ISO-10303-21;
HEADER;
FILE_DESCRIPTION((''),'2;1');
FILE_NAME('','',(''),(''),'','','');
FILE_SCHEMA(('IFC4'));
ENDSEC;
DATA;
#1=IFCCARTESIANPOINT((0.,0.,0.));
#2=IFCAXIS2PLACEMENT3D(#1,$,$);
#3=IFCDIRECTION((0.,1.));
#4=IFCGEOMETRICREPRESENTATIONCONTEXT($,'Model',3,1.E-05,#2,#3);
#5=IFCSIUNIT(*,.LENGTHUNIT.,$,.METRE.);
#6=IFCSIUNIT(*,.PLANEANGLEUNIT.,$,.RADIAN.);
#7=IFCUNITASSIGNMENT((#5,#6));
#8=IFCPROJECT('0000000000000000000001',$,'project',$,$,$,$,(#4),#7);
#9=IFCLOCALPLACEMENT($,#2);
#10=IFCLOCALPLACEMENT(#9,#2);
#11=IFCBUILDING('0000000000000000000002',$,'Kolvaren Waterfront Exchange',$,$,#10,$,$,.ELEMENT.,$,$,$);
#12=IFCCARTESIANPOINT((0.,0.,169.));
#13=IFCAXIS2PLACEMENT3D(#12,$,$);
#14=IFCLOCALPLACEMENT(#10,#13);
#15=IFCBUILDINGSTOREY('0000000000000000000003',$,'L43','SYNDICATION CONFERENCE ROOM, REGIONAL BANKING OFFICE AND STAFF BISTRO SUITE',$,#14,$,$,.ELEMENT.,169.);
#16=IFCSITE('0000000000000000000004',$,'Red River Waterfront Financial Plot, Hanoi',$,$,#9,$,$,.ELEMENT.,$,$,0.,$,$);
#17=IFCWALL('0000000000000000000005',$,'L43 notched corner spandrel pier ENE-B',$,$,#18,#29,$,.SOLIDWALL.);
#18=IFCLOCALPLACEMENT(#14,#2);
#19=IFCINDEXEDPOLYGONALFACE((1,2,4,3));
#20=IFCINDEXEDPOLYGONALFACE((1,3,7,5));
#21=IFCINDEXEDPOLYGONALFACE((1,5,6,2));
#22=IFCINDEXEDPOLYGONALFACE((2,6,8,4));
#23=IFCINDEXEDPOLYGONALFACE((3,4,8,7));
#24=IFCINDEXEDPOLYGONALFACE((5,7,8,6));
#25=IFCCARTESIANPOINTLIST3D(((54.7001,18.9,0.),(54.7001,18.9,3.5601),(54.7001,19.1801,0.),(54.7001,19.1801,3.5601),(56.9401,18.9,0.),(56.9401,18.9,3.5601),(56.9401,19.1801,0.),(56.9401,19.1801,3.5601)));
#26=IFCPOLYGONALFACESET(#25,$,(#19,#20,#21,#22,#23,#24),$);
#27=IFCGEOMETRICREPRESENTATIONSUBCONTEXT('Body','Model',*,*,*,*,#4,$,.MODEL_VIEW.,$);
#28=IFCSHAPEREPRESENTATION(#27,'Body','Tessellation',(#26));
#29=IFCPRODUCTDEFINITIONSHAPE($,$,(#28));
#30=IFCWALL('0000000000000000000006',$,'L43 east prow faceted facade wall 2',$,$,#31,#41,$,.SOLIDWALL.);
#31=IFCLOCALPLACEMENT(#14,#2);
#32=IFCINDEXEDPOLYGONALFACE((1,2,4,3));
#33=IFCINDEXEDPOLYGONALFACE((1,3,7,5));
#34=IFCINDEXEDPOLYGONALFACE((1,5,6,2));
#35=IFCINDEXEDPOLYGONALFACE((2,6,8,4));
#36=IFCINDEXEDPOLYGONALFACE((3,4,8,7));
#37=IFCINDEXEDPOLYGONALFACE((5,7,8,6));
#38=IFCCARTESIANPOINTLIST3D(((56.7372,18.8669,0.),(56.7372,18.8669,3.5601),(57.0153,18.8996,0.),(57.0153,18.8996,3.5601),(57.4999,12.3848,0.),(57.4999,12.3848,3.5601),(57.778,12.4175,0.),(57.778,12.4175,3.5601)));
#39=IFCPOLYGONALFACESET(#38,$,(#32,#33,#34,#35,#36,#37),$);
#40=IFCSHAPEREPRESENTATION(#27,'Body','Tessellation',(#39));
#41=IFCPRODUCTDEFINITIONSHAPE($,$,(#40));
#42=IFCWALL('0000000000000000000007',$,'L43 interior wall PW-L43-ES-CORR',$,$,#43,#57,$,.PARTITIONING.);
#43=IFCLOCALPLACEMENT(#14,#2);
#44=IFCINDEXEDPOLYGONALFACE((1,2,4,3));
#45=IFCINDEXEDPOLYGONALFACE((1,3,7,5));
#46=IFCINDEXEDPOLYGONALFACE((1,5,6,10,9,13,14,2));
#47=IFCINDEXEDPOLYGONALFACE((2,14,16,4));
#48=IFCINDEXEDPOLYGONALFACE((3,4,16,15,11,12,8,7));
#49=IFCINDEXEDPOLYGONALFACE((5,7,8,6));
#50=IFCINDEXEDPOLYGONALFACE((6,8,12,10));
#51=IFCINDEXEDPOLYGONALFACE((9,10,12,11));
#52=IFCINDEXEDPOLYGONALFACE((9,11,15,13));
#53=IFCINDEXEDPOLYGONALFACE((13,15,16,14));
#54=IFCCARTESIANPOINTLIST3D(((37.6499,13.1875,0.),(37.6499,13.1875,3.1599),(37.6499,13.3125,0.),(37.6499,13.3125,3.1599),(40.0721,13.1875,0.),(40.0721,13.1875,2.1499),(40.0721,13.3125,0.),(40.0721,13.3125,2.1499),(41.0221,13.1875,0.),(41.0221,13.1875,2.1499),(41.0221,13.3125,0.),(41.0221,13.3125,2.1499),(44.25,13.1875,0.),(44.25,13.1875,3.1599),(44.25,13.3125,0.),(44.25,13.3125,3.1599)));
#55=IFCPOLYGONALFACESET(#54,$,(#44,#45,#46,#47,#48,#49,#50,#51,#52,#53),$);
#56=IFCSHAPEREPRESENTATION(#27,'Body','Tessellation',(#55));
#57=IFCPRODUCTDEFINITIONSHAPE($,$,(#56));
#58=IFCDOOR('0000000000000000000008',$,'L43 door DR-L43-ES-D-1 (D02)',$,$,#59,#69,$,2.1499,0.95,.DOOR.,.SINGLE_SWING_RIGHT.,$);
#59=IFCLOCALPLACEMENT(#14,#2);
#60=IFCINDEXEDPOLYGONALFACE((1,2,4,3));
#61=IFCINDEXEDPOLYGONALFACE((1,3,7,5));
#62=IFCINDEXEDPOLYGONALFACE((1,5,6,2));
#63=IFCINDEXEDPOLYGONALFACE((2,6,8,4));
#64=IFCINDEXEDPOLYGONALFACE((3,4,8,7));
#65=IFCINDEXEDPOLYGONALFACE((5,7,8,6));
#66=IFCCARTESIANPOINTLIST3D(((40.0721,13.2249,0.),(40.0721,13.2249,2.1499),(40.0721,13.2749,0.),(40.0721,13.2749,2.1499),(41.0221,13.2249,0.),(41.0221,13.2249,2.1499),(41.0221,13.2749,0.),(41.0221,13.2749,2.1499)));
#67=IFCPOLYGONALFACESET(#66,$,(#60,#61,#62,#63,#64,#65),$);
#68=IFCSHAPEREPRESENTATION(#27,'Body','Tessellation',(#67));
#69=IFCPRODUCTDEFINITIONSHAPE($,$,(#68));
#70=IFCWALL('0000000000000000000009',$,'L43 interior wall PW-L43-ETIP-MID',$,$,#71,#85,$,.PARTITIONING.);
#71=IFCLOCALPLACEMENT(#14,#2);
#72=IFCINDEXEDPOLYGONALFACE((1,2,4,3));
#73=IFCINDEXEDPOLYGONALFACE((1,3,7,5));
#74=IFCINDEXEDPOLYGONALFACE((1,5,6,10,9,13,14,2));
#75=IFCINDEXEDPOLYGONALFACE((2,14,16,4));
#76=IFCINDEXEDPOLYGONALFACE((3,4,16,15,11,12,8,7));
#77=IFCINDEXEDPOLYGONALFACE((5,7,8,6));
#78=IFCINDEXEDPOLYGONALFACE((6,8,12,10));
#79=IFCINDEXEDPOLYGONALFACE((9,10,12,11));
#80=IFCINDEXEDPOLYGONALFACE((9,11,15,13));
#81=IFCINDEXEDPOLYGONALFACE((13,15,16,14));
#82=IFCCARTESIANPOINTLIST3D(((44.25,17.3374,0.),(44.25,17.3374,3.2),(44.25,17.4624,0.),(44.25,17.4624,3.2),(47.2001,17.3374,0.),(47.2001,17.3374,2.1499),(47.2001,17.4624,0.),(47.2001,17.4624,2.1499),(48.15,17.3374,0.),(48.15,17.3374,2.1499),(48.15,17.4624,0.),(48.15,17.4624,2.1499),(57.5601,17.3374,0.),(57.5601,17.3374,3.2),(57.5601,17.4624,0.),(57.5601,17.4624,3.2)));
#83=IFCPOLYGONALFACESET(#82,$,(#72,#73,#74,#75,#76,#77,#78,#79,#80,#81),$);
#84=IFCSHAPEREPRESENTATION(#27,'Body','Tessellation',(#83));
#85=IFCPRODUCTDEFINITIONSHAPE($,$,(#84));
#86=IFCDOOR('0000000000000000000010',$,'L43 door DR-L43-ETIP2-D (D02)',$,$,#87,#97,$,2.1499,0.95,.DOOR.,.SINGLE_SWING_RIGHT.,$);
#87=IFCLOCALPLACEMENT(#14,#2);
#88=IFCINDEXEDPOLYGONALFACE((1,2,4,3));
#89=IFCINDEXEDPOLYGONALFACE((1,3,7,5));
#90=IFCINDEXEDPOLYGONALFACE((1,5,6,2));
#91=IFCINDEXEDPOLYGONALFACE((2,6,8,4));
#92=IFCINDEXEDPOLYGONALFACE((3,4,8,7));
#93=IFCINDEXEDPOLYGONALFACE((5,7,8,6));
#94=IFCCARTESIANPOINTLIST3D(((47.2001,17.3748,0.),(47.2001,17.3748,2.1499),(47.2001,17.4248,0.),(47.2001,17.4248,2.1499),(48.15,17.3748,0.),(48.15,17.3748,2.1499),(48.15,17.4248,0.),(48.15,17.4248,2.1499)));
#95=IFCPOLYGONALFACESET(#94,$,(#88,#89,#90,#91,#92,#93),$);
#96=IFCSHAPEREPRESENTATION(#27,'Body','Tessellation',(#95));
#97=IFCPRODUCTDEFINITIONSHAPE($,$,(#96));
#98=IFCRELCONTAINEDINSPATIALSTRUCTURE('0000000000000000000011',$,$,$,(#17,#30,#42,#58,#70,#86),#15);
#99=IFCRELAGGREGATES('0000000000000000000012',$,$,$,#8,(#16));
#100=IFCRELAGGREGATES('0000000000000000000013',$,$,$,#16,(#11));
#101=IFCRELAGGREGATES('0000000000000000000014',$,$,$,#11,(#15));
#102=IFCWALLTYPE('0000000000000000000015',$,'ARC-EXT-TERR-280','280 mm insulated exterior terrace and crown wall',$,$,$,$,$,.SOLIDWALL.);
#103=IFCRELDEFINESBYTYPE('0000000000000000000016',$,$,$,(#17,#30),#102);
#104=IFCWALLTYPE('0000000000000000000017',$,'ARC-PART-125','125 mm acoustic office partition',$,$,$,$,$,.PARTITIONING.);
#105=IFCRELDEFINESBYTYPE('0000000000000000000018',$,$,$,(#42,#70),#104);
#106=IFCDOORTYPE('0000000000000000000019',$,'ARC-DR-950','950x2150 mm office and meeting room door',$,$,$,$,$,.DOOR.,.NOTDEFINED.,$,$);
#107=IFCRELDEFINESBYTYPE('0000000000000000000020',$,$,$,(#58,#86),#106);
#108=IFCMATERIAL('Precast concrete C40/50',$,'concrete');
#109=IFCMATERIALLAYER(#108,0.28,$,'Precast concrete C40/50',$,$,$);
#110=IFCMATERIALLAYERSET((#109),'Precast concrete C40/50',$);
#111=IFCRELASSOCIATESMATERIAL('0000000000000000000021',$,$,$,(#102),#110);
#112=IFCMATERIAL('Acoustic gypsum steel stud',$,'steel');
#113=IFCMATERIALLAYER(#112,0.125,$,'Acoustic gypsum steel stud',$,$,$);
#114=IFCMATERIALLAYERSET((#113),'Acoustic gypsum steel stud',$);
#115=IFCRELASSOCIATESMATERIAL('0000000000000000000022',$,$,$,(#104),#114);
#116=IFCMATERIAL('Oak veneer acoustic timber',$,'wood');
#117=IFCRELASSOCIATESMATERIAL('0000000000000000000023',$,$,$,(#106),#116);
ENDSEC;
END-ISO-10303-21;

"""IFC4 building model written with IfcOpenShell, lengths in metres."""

from ifc_helpers import new_model, si_unit, direction, frame, frame_2d, origin, place, context, subcontext, project, spatial, rectangle, extrude, material, layer, layer_set, type_object, element, fill, save


model = new_model("IFC4")

# Units and contexts
model_context = context("Model", 3, precision=1e-05, world=origin(), true_north=direction((0.0, 1.0)))
body_context = subcontext(model_context, "Body", "Model", "MODEL_VIEW")
ifc_project = project(units=[si_unit("LENGTHUNIT", "METRE"), si_unit("PLANEANGLEUNIT", "RADIAN")], contexts=[model_context])

# Site, building, storey
site_placement = place(None, origin())
site = spatial("IfcSite", under=ifc_project, at=site_placement, Name="Red River Waterfront Financial Plot, Hanoi", CompositionType="ELEMENT", RefElevation=0.0)
building_placement = place(site_placement, origin())
building = spatial("IfcBuilding", under=site, at=building_placement, Name="Kolvaren Waterfront Exchange", CompositionType="ELEMENT")
storey_placement = place(building_placement, frame((0.0, 0.0, 169.0)))
storey = spatial("IfcBuildingStorey", under=building, at=storey_placement, Name="L43", Description="SYNDICATION CONFERENCE ROOM, REGIONAL BANKING OFFICE AND STAFF BISTRO SUITE", CompositionType="ELEMENT", Elevation=169.0)

# Walls
ifc_material_1 = material(Name="Precast concrete C40/50", Category="concrete")
ifc_layer_1 = layer(ifc_material_1, 0.28, Name="Precast concrete C40/50")
ifc_layer_set_1 = layer_set([ifc_layer_1], Name="Precast concrete C40/50")
wall_type_1 = type_object("IfcWallType", Name="ARC-EXT-TERR-280", Description="280 mm insulated exterior terrace and crown wall", PredefinedType="SOLIDWALL", material=ifc_layer_set_1)
wall_1_placement = place(storey_placement, frame((54.7, 19.04, 0.0), z_axis=(0.0, 0.0, 1.0), x_axis=(1.0, 0.0, 0.0)))
element("IfcWall", 1, at=wall_1_placement, inside=storey, type_object=wall_type_1, Name="L43 notched corner spandrel pier ENE-B", PredefinedType="SOLIDWALL", context=body_context, shape_type="SweptSolid", body=[
    extrude(rectangle(XDim=2.24, YDim=0.28, at=frame_2d((1.1201, 0.0))), origin(), (0.0, 0.0, 1.0), 3.5601),
])
wall_2_placement = place(storey_placement, frame((57.6389, 12.4011, 0.0), z_axis=(0.0, 0.0, 1.0), x_axis=(-0.116854, 0.993149, 0.0)))
element("IfcWall", 2, at=wall_2_placement, inside=storey, type_object=wall_type_1, Name="L43 east prow faceted facade wall 2", PredefinedType="SOLIDWALL", context=body_context, shape_type="SweptSolid", body=[
    extrude(rectangle(XDim=6.5269, YDim=0.28, at=frame_2d((3.2634, 0.0))), origin(), (0.0, 0.0, 1.0), 3.5601),
])

# Walls, openings, doors
ifc_material_2 = material(Name="Acoustic gypsum steel stud", Category="steel")
ifc_layer_2 = layer(ifc_material_2, 0.125, Name="Acoustic gypsum steel stud")
ifc_layer_set_2 = layer_set([ifc_layer_2], Name="Acoustic gypsum steel stud")
wall_type_2 = type_object("IfcWallType", Name="ARC-PART-125", Description="125 mm acoustic office partition", PredefinedType="PARTITIONING", material=ifc_layer_set_2)
wall_3_placement = place(storey_placement, frame((37.6499, 13.25, 0.0), z_axis=(0.0, 0.0, 1.0), x_axis=(1.0, 0.0, 0.0)))
wall_3 = element("IfcWall", 3, at=wall_3_placement, inside=storey, type_object=wall_type_2, Name="L43 interior wall PW-L43-ES-CORR", PredefinedType="PARTITIONING", context=body_context, shape_type="SweptSolid", body=[
    extrude(rectangle(XDim=6.6001, YDim=0.125, at=frame_2d((3.3, 0.0))), origin(), (0.0, 0.0, 1.0), 3.1599),
])
opening_1_placement = place(wall_3_placement, frame((2.4221, 0.0, 0.0)))
opening_1 = element("IfcOpeningElement", 4, at=opening_1_placement, cuts=wall_3, PredefinedType="OPENING", context=body_context, shape_type="SweptSolid", body=[
    extrude(rectangle(XDim=0.95, YDim=2.1499, at=frame_2d((0.4751, 1.075))), frame((0.0, 0.0725, 0.0), z_axis=(0.0, -1.0, 0.0), x_axis=(1.0, 0.0, 0.0)), (0.0, 0.0, 1.0), 0.145),
])
ifc_material_3 = material(Name="Oak veneer acoustic timber", Category="wood")
door_type = type_object("IfcDoorType", Name="ARC-DR-950", Description="950x2150 mm office and meeting room door", OperationType="NOTDEFINED", PredefinedType="DOOR", material=ifc_material_3)
door_1_placement = place(opening_1_placement, origin())
door_1 = element("IfcDoor", 5, at=door_1_placement, inside=storey, type_object=door_type, Name="L43 door DR-L43-ES-D-1 (D02)", OperationType="SINGLE_SWING_RIGHT", OverallHeight=2.1499, OverallWidth=0.95, PredefinedType="DOOR", context=body_context, shape_type="SweptSolid", body=[
    extrude(rectangle(XDim=0.95, YDim=2.1499, at=frame_2d((0.4751, 1.075))), frame((0.0, 0.0249, 0.0), z_axis=(0.0, -1.0, 0.0), x_axis=(1.0, 0.0, 0.0)), (0.0, 0.0, 1.0), 0.05),
])
fill(opening_1, door_1)
wall_4_placement = place(storey_placement, frame((44.25, 17.3999, 0.0), z_axis=(0.0, 0.0, 1.0), x_axis=(1.0, 0.0, 0.0)))
wall_4 = element("IfcWall", 6, at=wall_4_placement, inside=storey, type_object=wall_type_2, Name="L43 interior wall PW-L43-ETIP-MID", PredefinedType="PARTITIONING", context=body_context, shape_type="SweptSolid", body=[
    extrude(rectangle(XDim=13.3101, YDim=0.125, at=frame_2d((6.655, 0.0))), origin(), (0.0, 0.0, 1.0), 3.2),
])
opening_2_placement = place(wall_4_placement, frame((2.95, 0.0, 0.0)))
opening_2 = element("IfcOpeningElement", 7, at=opening_2_placement, cuts=wall_4, PredefinedType="OPENING", context=body_context, shape_type="SweptSolid", body=[
    extrude(rectangle(XDim=0.95, YDim=2.1499, at=frame_2d((0.4751, 1.075))), frame((0.0, 0.0725, 0.0), z_axis=(0.0, -1.0, 0.0), x_axis=(1.0, 0.0, 0.0)), (0.0, 0.0, 1.0), 0.145),
])
door_2_placement = place(opening_2_placement, origin())
door_2 = element("IfcDoor", 8, at=door_2_placement, inside=storey, type_object=door_type, Name="L43 door DR-L43-ETIP2-D (D02)", OperationType="SINGLE_SWING_RIGHT", OverallHeight=2.1499, OverallWidth=0.95, PredefinedType="DOOR", context=body_context, shape_type="SweptSolid", body=[
    extrude(rectangle(XDim=0.95, YDim=2.1499, at=frame_2d((0.4751, 1.075))), frame((0.0, 0.0249, 0.0), z_axis=(0.0, -1.0, 0.0), x_axis=(1.0, 0.0, 0.0)), (0.0, 0.0, 1.0), 0.05),
])
fill(opening_2, door_2)

save(model, "model.ifc")
